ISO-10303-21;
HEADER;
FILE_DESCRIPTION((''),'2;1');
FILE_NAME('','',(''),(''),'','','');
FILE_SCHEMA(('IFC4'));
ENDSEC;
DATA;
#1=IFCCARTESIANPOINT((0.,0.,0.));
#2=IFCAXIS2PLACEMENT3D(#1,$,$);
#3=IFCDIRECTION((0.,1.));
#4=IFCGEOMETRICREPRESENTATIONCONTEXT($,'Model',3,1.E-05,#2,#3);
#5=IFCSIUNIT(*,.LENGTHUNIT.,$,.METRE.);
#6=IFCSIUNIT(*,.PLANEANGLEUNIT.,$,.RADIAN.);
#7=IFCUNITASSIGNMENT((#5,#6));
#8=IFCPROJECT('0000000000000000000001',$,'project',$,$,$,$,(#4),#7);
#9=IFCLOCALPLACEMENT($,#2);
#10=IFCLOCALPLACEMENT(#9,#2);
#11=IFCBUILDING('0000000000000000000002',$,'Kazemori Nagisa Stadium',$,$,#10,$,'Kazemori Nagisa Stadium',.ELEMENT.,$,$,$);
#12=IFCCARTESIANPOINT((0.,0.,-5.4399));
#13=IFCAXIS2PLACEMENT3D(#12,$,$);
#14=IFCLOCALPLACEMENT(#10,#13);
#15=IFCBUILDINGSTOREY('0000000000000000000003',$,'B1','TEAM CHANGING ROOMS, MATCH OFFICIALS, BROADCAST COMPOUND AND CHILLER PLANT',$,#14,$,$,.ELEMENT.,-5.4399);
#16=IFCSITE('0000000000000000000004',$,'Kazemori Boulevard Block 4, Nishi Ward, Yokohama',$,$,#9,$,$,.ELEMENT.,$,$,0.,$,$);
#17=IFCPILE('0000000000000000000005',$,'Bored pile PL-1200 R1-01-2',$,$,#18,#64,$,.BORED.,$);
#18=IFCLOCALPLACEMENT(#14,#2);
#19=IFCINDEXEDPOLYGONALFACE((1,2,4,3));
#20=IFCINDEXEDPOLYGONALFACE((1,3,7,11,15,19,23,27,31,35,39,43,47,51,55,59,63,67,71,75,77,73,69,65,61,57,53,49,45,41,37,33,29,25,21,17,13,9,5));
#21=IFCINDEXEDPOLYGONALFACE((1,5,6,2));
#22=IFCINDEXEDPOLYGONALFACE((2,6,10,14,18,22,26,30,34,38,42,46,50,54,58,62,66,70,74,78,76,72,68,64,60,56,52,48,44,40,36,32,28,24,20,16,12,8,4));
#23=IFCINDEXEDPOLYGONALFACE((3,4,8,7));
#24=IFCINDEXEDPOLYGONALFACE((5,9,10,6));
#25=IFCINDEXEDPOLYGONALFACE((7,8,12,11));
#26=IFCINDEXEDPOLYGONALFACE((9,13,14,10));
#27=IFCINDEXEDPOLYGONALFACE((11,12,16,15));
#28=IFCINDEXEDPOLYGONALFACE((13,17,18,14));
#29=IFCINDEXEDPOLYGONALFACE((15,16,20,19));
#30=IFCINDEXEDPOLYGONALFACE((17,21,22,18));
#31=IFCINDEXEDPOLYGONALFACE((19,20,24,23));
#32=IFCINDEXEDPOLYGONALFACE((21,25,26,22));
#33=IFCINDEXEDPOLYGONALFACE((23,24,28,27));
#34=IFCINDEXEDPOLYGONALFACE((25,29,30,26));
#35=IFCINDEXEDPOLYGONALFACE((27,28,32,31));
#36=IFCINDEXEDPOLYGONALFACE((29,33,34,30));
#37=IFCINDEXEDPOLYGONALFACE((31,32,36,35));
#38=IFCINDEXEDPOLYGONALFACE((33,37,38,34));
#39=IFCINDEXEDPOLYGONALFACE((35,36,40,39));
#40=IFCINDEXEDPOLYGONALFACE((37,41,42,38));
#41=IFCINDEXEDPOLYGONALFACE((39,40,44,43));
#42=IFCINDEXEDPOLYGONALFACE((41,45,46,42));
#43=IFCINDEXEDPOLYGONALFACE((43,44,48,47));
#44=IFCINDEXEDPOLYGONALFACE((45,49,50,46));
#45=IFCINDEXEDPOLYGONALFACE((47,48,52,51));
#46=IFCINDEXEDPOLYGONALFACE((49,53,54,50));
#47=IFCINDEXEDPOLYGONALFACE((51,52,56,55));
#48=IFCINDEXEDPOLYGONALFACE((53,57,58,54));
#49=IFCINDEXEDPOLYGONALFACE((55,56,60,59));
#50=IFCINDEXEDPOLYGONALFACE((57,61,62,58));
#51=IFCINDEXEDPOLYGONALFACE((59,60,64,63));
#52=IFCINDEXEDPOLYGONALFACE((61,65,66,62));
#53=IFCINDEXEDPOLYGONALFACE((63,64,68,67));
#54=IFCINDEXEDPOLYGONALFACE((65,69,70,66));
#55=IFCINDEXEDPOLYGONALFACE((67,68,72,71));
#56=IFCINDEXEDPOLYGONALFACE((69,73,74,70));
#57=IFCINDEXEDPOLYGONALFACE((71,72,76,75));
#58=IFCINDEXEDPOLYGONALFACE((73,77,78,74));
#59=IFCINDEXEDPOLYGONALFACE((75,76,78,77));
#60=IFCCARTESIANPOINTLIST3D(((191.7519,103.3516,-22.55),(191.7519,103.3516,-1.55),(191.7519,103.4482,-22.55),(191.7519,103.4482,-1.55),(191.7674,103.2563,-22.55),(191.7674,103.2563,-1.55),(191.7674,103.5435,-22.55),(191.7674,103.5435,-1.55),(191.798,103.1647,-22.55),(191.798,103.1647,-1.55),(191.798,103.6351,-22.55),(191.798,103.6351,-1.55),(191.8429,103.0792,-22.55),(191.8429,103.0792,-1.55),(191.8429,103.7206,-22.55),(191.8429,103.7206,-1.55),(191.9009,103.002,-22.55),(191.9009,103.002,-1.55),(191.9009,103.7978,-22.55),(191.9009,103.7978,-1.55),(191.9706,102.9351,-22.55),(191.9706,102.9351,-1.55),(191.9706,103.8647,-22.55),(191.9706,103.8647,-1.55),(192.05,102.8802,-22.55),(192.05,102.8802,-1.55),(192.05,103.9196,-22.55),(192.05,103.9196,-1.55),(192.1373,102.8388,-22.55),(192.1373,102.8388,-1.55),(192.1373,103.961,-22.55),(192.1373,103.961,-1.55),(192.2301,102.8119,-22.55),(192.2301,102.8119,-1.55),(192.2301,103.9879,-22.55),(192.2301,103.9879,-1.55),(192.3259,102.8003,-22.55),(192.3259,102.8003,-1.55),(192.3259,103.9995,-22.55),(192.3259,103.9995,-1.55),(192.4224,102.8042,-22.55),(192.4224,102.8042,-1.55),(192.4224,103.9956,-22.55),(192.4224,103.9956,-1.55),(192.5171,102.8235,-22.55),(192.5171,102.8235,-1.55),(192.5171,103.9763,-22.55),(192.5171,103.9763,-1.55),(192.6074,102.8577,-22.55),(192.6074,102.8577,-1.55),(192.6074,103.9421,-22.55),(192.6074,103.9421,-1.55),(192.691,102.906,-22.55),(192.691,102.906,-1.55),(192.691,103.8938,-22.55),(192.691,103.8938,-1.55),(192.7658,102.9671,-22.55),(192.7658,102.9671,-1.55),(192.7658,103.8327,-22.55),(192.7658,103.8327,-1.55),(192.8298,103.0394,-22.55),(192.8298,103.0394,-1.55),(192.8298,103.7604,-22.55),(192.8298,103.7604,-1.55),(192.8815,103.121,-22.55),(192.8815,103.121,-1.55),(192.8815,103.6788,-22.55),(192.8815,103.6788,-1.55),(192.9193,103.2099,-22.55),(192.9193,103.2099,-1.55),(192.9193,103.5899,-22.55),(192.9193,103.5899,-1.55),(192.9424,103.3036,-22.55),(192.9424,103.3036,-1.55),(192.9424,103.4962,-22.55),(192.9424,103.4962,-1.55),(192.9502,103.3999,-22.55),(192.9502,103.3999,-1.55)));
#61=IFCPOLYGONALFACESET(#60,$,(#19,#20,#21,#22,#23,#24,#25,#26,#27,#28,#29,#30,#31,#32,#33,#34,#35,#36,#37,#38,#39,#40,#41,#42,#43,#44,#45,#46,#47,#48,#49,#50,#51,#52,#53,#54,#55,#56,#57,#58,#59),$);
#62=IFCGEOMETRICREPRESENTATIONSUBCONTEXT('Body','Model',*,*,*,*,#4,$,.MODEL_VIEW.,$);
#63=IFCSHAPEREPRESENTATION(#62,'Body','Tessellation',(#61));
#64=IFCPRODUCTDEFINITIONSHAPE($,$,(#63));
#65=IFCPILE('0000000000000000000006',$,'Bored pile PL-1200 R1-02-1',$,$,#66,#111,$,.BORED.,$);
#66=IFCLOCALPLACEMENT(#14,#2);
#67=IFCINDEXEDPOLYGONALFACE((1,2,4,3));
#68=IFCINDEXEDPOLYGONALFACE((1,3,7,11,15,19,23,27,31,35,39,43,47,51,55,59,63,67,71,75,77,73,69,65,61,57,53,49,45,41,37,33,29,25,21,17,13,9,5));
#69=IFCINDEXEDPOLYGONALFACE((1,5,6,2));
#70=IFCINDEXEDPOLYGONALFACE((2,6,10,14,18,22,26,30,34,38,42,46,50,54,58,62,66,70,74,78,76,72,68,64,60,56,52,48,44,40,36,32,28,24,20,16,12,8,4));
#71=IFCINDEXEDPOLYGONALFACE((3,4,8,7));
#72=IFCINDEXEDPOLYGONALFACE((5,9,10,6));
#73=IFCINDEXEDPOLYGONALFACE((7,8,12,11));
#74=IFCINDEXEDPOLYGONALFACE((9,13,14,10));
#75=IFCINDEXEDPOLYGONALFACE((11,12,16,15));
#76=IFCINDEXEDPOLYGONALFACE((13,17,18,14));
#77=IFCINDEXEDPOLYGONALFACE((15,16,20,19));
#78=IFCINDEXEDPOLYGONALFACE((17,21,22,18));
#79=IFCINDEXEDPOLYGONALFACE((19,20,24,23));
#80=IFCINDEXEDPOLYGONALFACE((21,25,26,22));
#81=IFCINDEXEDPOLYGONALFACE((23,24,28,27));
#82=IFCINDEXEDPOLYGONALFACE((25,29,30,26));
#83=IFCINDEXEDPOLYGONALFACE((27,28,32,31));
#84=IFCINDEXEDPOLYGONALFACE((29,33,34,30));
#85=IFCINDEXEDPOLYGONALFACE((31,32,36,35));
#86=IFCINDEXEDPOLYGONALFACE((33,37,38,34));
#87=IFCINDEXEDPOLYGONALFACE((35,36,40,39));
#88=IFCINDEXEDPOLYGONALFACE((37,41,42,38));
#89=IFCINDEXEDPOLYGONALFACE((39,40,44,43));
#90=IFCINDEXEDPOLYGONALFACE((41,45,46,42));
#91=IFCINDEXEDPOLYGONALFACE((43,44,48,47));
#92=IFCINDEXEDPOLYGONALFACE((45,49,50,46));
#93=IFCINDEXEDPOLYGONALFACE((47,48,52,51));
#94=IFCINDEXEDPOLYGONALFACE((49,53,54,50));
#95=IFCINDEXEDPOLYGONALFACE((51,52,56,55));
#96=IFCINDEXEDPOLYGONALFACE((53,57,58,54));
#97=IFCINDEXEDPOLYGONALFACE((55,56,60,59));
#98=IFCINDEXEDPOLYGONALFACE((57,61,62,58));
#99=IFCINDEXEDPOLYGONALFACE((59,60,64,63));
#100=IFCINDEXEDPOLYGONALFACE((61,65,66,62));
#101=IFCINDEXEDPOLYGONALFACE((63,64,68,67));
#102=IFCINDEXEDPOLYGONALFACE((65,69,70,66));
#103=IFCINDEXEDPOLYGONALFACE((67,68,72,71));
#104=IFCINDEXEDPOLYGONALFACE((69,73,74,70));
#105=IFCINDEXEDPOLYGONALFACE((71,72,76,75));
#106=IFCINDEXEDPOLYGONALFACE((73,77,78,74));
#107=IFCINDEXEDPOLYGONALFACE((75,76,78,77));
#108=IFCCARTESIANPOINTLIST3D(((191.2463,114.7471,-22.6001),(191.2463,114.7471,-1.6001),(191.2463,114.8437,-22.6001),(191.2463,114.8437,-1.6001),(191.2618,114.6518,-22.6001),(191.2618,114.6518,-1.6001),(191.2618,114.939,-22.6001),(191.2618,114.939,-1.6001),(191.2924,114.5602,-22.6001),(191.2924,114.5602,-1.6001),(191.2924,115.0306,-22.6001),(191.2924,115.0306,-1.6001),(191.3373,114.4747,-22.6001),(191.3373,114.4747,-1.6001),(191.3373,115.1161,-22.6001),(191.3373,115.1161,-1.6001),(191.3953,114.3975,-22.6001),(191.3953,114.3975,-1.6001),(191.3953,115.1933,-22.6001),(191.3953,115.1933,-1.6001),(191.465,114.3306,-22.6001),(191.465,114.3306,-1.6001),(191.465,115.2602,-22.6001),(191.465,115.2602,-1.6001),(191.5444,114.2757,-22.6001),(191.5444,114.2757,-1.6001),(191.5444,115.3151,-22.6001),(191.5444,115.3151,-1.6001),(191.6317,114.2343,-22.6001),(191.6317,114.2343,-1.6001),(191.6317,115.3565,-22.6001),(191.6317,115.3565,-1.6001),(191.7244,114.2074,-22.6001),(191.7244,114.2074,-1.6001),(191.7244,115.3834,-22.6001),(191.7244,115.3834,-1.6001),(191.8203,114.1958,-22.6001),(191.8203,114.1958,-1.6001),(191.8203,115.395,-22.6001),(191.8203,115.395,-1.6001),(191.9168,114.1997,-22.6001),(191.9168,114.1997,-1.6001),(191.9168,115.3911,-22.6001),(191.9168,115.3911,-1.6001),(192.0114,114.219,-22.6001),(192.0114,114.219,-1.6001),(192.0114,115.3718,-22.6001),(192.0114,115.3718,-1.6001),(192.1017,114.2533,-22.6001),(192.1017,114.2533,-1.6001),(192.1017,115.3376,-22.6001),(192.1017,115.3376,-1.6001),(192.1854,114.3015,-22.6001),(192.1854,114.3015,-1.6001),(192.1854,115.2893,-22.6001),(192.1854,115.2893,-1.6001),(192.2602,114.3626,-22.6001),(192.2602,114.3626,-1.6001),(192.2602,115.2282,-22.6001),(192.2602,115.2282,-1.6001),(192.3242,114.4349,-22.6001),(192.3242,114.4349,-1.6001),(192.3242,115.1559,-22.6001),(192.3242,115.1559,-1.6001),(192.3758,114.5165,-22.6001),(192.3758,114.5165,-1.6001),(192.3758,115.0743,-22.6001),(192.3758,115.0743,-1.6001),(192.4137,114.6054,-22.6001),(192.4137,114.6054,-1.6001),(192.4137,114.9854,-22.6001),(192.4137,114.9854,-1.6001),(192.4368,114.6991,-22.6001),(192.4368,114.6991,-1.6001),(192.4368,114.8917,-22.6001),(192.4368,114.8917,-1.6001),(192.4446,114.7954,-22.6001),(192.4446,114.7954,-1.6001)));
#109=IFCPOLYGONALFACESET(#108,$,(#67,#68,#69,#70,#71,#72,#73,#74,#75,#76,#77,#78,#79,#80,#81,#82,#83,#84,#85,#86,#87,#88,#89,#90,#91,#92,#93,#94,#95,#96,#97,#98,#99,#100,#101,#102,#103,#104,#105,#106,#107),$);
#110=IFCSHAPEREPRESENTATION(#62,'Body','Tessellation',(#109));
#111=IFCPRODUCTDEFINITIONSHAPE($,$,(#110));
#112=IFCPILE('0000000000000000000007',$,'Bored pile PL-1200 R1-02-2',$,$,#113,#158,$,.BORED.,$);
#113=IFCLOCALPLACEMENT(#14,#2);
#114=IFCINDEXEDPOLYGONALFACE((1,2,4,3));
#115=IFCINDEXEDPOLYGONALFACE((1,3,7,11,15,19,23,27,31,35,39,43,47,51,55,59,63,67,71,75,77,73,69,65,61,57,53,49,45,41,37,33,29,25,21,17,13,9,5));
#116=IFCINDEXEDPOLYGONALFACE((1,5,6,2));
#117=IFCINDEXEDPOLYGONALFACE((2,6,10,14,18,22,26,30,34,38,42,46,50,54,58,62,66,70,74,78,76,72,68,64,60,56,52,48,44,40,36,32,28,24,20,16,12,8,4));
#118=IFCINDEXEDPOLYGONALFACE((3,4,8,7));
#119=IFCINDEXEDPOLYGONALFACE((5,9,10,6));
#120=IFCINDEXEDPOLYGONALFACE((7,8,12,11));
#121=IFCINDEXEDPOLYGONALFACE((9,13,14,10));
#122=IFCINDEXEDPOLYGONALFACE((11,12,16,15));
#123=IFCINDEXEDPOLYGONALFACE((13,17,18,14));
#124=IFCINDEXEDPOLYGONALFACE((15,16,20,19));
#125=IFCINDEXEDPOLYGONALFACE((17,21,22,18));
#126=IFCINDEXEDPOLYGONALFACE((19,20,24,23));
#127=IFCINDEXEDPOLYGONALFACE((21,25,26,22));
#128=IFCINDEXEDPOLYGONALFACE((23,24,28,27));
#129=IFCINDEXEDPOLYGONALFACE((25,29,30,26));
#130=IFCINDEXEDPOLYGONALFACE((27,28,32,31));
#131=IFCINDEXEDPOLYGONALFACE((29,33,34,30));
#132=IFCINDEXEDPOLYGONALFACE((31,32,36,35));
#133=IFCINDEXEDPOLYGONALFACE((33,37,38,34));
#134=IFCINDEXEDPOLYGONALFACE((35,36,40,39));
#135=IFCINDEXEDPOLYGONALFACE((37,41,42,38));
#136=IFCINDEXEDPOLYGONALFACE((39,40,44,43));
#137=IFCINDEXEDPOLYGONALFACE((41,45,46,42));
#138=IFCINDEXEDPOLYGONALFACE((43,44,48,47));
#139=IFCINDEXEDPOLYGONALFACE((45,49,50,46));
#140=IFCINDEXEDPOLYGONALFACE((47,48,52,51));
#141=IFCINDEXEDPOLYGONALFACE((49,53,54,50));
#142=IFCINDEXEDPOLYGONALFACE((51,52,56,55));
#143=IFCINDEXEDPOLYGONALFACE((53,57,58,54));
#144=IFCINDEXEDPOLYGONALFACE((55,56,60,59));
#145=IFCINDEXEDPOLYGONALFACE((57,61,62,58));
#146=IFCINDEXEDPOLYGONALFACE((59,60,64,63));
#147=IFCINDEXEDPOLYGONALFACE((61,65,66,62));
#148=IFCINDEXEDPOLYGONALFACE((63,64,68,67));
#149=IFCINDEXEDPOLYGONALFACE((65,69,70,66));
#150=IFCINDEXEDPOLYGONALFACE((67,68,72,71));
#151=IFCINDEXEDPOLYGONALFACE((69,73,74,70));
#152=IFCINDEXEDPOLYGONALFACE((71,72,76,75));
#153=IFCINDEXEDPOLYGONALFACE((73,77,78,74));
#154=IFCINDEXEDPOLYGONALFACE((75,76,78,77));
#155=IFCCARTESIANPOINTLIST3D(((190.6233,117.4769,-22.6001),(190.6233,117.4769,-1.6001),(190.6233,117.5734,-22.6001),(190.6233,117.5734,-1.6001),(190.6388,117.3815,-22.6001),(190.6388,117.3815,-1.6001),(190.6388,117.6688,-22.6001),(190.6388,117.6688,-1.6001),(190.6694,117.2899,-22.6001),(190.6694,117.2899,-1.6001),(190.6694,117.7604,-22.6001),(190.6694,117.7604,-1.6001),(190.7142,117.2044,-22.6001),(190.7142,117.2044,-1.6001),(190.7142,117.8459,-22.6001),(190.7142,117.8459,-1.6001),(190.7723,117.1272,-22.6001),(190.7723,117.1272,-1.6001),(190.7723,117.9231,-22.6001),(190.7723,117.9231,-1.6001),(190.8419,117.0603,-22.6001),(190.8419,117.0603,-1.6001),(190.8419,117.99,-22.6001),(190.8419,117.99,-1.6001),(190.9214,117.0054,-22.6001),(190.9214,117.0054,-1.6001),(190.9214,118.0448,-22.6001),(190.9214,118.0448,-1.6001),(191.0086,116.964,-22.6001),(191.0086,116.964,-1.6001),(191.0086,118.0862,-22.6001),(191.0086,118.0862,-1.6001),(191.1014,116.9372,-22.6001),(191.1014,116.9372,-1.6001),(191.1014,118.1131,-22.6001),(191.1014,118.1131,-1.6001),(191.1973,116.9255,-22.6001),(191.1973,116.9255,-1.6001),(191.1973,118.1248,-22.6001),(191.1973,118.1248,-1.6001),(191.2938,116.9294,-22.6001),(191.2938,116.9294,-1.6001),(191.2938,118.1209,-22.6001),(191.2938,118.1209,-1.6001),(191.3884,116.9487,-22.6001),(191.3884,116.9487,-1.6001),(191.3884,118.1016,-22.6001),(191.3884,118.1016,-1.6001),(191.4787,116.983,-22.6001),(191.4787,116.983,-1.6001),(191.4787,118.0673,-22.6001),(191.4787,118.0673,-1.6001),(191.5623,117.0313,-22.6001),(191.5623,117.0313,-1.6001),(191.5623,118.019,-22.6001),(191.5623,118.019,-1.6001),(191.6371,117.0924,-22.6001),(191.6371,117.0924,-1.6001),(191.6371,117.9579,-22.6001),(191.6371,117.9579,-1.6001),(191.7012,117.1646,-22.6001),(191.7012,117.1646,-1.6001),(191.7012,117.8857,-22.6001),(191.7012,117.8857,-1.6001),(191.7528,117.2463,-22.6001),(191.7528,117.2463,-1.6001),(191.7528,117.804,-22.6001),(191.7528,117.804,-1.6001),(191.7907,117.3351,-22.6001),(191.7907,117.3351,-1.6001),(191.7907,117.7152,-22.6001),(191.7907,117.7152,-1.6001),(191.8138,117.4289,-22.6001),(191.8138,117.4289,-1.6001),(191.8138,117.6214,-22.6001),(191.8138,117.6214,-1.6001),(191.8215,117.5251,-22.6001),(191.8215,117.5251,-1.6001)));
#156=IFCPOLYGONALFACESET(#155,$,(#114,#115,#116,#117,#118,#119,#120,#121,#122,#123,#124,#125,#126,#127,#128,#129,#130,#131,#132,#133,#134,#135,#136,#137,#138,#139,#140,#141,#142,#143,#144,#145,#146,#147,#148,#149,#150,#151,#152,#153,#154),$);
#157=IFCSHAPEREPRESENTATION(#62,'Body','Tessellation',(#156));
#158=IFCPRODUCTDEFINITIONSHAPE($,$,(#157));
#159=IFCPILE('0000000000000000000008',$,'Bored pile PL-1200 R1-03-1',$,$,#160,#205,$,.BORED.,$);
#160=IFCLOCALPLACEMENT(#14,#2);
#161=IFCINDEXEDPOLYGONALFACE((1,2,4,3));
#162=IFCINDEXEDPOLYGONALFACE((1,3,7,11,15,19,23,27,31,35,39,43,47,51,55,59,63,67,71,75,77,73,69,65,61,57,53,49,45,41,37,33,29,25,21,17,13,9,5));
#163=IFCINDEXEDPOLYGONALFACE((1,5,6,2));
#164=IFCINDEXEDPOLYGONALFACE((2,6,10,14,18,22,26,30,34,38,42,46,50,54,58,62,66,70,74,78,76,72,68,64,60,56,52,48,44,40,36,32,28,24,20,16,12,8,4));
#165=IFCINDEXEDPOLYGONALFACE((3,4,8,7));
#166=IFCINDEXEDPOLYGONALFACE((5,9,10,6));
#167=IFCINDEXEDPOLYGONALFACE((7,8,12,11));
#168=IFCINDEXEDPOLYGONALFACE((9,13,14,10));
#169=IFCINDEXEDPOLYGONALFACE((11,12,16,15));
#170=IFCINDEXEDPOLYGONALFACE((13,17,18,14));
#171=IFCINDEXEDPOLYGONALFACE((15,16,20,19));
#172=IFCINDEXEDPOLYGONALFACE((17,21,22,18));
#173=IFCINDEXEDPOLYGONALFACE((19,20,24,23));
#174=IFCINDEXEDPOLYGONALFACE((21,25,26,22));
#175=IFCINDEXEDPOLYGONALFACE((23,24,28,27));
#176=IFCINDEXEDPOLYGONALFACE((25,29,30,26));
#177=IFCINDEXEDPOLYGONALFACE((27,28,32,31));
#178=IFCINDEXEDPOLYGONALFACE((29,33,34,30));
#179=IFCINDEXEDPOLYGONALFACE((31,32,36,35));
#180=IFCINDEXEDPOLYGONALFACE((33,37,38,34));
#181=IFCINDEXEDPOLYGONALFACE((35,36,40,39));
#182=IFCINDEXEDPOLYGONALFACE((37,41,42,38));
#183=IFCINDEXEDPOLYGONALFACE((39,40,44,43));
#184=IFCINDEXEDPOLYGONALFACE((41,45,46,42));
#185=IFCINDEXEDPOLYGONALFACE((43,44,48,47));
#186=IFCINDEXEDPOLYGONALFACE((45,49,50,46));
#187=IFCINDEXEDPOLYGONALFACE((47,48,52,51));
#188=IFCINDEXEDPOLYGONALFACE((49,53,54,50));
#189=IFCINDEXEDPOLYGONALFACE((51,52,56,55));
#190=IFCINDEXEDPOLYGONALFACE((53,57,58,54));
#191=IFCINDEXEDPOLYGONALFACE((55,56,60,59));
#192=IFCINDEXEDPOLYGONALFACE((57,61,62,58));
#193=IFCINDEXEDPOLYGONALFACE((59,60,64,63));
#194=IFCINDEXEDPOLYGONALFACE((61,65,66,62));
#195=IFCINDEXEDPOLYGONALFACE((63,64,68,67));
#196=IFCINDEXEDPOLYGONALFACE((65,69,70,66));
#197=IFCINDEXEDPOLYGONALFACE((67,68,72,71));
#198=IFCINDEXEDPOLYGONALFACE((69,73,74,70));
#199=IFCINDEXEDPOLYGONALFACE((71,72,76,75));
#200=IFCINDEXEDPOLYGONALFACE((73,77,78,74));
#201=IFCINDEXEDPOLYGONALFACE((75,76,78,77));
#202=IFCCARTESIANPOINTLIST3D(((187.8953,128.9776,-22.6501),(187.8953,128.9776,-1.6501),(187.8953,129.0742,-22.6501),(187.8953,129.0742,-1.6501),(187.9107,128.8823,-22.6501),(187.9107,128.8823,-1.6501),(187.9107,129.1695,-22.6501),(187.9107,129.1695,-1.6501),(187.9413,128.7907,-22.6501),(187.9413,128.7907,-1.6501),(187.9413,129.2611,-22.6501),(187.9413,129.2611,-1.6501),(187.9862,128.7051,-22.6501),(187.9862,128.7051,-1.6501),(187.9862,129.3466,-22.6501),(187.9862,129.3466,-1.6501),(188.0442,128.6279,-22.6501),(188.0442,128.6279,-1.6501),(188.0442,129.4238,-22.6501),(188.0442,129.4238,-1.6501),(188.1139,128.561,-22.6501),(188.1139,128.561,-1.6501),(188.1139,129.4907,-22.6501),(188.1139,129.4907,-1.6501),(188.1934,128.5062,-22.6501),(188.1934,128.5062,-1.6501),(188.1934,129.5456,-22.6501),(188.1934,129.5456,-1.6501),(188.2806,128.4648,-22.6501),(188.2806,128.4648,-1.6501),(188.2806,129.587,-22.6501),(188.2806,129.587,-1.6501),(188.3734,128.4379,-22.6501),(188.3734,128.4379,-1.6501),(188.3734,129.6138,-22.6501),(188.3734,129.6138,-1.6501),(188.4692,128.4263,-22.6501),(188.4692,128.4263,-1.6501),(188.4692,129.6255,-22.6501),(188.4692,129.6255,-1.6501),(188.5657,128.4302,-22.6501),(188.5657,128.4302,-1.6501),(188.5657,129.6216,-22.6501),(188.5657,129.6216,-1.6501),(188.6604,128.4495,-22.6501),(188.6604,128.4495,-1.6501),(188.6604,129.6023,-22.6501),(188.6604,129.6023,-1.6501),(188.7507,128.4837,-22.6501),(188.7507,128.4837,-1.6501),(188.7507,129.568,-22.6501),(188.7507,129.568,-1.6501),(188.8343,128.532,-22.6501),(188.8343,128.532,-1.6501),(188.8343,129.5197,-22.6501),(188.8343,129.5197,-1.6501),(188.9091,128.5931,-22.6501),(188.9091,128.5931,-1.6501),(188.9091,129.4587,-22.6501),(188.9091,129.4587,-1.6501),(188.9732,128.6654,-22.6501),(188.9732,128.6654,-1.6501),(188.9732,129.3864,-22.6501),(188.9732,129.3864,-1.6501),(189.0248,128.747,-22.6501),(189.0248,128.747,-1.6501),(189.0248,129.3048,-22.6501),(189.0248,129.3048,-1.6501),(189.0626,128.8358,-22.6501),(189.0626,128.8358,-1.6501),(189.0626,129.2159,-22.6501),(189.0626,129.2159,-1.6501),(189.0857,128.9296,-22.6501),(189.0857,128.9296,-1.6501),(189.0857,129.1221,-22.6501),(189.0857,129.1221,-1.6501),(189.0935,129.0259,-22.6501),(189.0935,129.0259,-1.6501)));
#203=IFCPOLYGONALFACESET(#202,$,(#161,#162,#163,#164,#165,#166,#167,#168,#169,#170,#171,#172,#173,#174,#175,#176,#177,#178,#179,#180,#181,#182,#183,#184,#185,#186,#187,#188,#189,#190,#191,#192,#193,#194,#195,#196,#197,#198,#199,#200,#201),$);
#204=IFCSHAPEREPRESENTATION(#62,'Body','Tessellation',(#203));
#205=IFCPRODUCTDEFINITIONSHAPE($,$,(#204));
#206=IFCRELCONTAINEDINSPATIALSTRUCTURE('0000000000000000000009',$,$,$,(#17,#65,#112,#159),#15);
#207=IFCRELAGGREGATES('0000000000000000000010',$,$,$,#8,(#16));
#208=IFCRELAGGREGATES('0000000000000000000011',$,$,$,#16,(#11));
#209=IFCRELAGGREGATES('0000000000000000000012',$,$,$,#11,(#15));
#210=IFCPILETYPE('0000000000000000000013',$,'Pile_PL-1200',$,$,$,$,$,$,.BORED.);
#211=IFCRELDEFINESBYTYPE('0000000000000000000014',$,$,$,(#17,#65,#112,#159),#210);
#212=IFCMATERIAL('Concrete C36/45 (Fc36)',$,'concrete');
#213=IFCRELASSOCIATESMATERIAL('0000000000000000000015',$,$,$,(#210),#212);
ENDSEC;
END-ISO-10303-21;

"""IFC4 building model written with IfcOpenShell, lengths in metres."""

from ifc_helpers import new_model, si_unit, direction, frame, origin, origin_2d, place, context, subcontext, project, spatial, circle, extrude, material, material_profile, profile_set, type_object, element, save


model = new_model("IFC4")

# Units and contexts
model_context = context("Model", 3, precision=1e-05, world=origin(), true_north=direction((0.0, 1.0)))
body_context = subcontext(model_context, "Body", "Model", "MODEL_VIEW")
ifc_project = project(units=[si_unit("LENGTHUNIT", "METRE"), si_unit("PLANEANGLEUNIT", "RADIAN")], contexts=[model_context])

# Site, building, storey
site_placement = place(None, origin())
site = spatial("IfcSite", under=ifc_project, at=site_placement, Name="Kazemori Boulevard Block 4, Nishi Ward, Yokohama", CompositionType="ELEMENT", RefElevation=0.0)
building_placement = place(site_placement, origin())
building = spatial("IfcBuilding", under=site, at=building_placement, Name="Kazemori Nagisa Stadium", LongName="Kazemori Nagisa Stadium", CompositionType="ELEMENT")
storey_placement = place(building_placement, frame((0.0, 0.0, -5.4399)))
storey = spatial("IfcBuildingStorey", under=building, at=storey_placement, Name="B1", Description="TEAM CHANGING ROOMS, MATCH OFFICIALS, BROADCAST COMPOUND AND CHILLER PLANT", CompositionType="ELEMENT", Elevation=-5.4399)

# Piles
ifc_material_1 = material(Name="Concrete C36/45 (Fc36)", Category="concrete")
ifc_material_profile_1 = material_profile(ifc_material_1, circle(Radius=0.6001, at=origin_2d()), Name="PILE-D1200")
ifc_profile_set_1 = profile_set([ifc_material_profile_1], Name="Concrete C36/45 (Fc36)")
pile_type_1 = type_object("IfcPileType", Name="Pile_PL-1200", PredefinedType="BORED", material=ifc_profile_set_1)
for number, where, z_axis, x_axis, name in (
    (1, (192.3501, 103.3999, -1.55), (0.0, 0.0, -1.0), (1.0, 0.0, 0.0), "Bored pile PL-1200 R1-01-2"),
    (2, (191.8445, 114.7954, -1.6001), (0.0, 0.0, -1.0), (1.0, 0.0, 0.0), "Bored pile PL-1200 R1-02-1"),
    (3, (191.2214, 117.5251, -1.6001), (0.0, 0.0, -1.0), (1.0, 0.0, 0.0), "Bored pile PL-1200 R1-02-2"),
    (4, (188.4934, 129.0259, -1.6501), (0.0, 0.0, -1.0), (1.0, 0.0, 0.0), "Bored pile PL-1200 R1-03-1"),
):
    element("IfcPile", number, at=place(storey_placement, frame(where, z_axis=z_axis, x_axis=x_axis)), inside=storey, type_object=pile_type_1, Name=name, PredefinedType="BORED", context=body_context, shape_type="SweptSolid", body=[
        extrude(circle(Radius=0.6001, at=origin_2d()), origin(), (0.0, 0.0, 1.0), 21.0),
    ])

save(model, "model.ifc")
